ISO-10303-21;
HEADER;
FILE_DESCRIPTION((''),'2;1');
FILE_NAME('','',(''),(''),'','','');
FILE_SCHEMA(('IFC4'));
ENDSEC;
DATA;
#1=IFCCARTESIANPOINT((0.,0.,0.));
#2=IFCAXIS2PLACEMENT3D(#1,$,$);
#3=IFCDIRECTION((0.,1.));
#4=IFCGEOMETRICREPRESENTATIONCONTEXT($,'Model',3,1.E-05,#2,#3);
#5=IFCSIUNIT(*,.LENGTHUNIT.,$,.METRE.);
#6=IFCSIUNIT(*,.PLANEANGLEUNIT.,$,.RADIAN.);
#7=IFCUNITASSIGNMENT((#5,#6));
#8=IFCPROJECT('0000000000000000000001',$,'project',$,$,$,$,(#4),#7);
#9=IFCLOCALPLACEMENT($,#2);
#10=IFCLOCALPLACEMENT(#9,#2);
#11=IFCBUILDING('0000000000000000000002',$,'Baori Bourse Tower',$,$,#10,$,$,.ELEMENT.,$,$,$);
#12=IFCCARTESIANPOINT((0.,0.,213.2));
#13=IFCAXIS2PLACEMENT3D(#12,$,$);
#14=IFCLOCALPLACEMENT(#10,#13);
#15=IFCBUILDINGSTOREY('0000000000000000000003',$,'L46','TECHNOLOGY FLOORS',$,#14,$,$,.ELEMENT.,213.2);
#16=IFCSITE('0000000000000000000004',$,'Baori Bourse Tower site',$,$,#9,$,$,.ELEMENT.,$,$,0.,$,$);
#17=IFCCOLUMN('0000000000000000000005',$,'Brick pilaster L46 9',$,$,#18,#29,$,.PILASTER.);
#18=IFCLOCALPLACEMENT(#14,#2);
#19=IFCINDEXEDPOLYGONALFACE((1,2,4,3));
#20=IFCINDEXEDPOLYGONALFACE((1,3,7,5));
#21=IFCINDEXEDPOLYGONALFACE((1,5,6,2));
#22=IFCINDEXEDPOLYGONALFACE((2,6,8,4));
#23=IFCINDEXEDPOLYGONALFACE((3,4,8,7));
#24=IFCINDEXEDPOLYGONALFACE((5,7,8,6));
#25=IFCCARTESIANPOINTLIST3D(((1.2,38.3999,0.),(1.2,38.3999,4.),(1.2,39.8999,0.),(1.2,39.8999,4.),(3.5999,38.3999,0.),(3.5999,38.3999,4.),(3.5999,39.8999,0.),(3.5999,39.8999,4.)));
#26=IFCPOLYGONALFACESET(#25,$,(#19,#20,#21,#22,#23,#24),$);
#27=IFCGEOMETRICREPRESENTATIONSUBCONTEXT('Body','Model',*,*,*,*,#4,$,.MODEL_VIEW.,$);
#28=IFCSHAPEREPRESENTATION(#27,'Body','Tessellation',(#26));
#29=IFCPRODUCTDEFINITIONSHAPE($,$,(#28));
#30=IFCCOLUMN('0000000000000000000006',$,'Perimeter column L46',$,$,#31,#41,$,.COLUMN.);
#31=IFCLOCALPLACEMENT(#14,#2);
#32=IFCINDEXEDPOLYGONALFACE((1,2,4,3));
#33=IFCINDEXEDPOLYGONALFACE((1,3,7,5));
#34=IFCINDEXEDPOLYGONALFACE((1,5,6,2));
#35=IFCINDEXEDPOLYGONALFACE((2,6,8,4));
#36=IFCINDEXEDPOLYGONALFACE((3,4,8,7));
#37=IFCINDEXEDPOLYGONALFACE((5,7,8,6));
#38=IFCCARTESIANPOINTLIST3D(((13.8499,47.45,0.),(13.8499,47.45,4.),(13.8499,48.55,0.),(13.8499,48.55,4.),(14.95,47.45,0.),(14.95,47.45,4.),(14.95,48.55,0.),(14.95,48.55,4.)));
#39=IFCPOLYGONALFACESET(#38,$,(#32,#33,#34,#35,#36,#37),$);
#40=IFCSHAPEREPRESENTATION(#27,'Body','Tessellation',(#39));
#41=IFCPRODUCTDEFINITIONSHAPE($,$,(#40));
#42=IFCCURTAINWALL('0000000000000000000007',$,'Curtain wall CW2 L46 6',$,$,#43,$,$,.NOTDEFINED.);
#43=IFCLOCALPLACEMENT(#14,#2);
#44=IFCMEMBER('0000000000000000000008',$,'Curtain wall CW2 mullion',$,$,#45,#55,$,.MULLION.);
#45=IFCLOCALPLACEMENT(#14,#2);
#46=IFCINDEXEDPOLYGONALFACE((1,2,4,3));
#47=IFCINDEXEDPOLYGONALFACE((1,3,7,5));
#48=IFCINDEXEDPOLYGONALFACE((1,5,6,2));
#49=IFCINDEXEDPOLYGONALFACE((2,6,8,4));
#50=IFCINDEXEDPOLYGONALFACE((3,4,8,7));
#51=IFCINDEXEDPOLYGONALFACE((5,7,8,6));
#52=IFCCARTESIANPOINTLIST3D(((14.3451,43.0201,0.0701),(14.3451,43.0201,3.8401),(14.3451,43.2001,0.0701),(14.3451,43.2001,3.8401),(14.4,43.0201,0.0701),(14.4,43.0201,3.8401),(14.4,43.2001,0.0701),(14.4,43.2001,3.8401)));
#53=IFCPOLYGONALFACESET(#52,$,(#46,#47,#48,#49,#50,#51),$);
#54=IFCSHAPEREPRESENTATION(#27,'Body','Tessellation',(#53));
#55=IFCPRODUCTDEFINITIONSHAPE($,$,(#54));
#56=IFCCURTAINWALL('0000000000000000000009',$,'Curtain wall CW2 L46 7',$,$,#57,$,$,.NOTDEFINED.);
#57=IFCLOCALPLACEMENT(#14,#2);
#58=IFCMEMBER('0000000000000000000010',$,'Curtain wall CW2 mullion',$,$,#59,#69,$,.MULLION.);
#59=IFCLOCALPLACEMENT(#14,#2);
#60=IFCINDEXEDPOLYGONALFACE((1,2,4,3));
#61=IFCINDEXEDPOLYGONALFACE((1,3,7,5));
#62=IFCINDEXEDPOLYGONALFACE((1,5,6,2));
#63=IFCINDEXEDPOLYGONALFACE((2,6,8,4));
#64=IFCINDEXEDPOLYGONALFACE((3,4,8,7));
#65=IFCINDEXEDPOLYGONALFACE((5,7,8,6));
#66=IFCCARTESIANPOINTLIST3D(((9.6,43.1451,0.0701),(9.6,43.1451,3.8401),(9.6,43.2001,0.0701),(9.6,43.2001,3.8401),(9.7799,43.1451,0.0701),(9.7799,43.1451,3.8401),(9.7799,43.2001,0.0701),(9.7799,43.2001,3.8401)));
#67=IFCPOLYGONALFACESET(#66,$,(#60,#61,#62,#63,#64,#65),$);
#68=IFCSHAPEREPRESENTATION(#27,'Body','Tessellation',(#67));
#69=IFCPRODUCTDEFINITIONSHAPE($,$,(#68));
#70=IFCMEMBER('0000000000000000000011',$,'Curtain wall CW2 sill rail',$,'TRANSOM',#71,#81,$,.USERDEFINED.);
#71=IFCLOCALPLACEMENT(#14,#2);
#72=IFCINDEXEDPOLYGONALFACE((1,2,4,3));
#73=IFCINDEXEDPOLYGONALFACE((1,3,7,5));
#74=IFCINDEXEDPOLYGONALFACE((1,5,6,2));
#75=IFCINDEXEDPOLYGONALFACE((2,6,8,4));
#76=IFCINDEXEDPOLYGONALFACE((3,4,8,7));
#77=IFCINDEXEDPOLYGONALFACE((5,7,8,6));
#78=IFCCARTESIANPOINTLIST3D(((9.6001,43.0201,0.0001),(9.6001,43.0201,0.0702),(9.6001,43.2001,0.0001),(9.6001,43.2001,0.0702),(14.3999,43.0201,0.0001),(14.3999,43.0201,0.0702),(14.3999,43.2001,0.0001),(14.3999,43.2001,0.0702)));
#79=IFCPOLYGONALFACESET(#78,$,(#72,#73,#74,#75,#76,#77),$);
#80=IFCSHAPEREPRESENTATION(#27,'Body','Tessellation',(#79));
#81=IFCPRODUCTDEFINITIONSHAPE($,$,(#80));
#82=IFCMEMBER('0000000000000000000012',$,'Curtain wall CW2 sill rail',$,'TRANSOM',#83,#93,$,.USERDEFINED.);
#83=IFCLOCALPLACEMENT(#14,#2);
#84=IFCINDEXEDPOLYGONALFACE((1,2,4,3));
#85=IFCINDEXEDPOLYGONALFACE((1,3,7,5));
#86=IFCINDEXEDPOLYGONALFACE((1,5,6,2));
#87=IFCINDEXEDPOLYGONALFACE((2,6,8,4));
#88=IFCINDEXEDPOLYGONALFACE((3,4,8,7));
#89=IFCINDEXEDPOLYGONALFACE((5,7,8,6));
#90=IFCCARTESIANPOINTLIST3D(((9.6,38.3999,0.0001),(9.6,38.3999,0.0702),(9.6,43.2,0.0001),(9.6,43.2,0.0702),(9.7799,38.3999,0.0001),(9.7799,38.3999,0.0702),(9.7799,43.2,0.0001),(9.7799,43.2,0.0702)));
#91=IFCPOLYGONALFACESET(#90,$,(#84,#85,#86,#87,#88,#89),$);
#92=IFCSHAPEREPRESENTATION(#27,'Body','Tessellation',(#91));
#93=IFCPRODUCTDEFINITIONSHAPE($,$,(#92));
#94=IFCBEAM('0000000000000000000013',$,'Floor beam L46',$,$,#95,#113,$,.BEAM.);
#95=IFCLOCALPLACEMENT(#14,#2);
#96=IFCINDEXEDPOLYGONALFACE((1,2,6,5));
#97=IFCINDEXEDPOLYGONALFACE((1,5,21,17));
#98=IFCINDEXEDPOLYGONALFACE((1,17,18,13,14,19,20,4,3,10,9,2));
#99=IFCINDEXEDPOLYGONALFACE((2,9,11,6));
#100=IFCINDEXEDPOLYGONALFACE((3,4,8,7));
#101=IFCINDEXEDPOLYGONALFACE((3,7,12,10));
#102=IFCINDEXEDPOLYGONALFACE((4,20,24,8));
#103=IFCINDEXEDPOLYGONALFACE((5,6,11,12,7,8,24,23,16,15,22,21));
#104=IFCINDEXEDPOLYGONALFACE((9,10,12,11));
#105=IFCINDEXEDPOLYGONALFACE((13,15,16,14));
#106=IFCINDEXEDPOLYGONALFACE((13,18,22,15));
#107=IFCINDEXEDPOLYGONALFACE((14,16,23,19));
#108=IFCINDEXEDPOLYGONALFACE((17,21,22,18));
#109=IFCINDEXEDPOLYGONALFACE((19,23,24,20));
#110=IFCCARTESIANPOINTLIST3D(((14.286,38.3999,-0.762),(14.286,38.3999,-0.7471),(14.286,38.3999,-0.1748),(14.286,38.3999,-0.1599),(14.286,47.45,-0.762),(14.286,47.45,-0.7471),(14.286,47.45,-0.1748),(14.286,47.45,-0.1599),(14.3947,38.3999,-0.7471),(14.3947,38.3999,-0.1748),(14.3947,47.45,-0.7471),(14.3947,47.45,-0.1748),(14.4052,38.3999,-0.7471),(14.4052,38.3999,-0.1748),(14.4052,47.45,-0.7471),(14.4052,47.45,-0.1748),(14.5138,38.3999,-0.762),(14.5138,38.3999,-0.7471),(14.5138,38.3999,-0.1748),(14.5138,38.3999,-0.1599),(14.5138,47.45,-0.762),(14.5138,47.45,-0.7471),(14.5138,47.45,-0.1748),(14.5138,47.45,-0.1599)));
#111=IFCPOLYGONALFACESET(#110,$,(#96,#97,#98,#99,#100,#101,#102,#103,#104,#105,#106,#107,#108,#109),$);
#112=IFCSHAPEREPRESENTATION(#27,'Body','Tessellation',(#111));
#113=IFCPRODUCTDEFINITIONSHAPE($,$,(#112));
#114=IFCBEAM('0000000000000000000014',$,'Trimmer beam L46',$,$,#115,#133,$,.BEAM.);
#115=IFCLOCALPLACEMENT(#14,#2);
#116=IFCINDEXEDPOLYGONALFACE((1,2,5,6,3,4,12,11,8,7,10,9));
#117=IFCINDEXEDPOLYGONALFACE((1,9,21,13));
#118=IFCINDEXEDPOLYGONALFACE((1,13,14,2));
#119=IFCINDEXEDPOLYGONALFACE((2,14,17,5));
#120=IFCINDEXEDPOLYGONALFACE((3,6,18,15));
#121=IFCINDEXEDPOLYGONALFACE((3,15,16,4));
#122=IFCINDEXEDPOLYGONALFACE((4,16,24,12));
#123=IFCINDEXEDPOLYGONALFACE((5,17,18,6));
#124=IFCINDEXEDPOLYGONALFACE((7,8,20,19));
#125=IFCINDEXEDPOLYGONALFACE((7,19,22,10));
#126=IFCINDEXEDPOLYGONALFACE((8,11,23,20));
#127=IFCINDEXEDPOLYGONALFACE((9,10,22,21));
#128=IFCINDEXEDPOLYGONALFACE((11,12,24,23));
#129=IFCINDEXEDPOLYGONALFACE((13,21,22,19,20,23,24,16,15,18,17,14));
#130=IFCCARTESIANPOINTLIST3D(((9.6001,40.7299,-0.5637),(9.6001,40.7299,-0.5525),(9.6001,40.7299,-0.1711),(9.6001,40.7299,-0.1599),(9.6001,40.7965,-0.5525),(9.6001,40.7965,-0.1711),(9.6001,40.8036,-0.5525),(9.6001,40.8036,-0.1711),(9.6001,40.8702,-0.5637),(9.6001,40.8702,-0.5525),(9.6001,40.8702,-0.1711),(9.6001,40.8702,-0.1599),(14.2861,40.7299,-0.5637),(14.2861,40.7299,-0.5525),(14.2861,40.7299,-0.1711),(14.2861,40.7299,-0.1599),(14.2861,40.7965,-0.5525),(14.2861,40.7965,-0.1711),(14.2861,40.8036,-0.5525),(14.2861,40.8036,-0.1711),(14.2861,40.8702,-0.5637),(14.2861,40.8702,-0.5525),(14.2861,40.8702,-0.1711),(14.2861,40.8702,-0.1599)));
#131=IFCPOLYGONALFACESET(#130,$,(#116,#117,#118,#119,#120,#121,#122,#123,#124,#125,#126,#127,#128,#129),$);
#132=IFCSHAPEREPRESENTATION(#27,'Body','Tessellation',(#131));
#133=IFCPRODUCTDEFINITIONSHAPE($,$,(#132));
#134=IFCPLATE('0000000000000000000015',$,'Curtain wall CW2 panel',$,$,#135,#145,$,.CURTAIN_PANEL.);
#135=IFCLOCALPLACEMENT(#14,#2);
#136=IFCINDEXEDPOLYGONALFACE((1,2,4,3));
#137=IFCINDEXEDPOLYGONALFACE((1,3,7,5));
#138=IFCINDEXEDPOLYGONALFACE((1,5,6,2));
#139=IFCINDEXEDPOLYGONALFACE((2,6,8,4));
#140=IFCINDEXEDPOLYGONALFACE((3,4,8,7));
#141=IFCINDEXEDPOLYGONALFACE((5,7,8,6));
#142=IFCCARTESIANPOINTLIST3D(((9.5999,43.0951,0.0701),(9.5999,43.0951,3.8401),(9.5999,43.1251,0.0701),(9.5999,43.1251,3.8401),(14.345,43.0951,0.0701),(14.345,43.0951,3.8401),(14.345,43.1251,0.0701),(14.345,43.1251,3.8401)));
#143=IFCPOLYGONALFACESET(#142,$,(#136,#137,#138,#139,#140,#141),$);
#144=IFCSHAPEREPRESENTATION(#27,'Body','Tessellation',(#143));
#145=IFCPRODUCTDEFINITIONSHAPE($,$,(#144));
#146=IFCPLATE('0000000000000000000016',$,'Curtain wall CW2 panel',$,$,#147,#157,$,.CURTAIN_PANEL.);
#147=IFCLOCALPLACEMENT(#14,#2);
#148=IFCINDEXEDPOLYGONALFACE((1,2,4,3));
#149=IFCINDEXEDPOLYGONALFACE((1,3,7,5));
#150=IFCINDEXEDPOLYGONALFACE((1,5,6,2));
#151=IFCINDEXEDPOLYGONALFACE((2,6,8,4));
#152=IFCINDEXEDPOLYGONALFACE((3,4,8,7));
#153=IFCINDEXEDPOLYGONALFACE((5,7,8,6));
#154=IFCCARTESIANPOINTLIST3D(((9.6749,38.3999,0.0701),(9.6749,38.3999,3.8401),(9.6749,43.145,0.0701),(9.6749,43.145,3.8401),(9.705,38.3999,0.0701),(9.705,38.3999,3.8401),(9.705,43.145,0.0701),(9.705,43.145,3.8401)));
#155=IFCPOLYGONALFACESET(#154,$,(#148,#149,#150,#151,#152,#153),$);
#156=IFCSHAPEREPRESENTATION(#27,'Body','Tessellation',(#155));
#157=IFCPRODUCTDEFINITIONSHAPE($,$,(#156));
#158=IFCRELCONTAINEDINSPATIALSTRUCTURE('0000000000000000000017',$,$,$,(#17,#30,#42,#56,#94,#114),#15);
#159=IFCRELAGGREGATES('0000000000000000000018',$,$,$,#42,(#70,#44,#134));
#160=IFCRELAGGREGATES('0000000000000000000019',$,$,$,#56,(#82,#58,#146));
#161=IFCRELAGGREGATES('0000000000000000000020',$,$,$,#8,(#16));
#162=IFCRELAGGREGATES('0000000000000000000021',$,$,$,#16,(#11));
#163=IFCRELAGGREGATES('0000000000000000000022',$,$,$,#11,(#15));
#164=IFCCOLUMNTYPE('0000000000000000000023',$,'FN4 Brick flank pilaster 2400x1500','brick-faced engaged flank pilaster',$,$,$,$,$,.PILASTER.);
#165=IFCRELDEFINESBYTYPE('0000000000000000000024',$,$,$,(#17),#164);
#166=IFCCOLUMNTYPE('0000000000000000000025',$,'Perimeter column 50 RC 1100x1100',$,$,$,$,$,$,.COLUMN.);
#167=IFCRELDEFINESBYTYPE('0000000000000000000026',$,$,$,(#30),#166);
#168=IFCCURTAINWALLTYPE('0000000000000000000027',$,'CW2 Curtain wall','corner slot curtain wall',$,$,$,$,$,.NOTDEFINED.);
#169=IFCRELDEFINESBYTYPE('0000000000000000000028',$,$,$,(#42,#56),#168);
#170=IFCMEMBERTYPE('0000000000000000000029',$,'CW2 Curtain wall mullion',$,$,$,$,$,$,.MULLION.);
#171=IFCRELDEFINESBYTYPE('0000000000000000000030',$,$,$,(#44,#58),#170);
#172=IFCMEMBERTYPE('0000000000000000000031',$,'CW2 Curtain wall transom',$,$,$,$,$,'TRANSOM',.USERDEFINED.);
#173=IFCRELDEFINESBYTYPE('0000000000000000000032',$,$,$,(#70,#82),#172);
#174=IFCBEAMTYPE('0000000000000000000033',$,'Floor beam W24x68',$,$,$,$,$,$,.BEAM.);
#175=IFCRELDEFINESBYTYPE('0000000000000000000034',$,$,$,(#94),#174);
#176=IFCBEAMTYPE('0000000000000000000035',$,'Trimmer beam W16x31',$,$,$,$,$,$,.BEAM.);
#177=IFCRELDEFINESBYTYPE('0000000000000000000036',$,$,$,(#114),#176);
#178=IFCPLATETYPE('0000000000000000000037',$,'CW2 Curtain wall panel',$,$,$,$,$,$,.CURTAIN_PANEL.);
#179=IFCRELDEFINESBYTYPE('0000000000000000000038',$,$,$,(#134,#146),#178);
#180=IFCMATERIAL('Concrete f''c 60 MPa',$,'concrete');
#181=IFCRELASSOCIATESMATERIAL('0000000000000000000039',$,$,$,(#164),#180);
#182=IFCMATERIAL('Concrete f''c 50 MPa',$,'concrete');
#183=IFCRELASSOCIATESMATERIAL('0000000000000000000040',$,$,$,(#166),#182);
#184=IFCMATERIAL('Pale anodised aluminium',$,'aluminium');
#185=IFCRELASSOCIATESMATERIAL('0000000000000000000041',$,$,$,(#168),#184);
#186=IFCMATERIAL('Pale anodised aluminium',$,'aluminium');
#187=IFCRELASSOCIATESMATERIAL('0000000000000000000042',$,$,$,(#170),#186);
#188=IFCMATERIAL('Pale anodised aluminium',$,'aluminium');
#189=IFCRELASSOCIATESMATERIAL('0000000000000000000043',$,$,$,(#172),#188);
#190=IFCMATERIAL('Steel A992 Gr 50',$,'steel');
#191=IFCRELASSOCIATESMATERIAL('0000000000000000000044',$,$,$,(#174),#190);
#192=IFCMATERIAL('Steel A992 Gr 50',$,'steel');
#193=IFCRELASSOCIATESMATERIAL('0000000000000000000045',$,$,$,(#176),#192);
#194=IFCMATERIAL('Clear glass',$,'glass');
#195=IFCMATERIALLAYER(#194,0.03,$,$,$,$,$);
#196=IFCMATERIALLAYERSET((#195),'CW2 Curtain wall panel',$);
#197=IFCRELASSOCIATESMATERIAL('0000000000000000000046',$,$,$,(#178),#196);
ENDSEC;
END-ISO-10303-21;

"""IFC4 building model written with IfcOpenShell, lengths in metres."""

from ifc_helpers import new_model, si_unit, direction, frame, origin, origin_2d, place, context, subcontext, project, spatial, rectangle, i_section, extrude, material, layer, layer_set, material_profile, profile_set, type_object, element, aggregate, save


model = new_model("IFC4")

# Units and contexts
model_context = context("Model", 3, precision=1e-05, world=origin(), true_north=direction((0.0, 1.0)))
body_context = subcontext(model_context, "Body", "Model", "MODEL_VIEW")
ifc_project = project(units=[si_unit("LENGTHUNIT", "METRE"), si_unit("PLANEANGLEUNIT", "RADIAN")], contexts=[model_context])

# Site, building, storey
site_placement = place(None, origin())
site = spatial("IfcSite", under=ifc_project, at=site_placement, Name="Baori Bourse Tower site", CompositionType="ELEMENT", RefElevation=0.0)
building_placement = place(site_placement, origin())
building = spatial("IfcBuilding", under=site, at=building_placement, Name="Baori Bourse Tower", CompositionType="ELEMENT")
storey_placement = place(building_placement, frame((0.0, 0.0, 213.2)))
storey = spatial("IfcBuildingStorey", under=building, at=storey_placement, Name="L46", Description="TECHNOLOGY FLOORS", CompositionType="ELEMENT", Elevation=213.2)

# Columns
ifc_material_1 = material(Name="Concrete f'c 60 MPa", Category="concrete")
ifc_material_profile_1 = material_profile(ifc_material_1, rectangle(XDim=2.3999, YDim=1.5, at=origin_2d()), Name="RC 2400x1500")
ifc_profile_set_1 = profile_set([ifc_material_profile_1], Name="Concrete f'c 60 MPa")
column_type_1 = type_object("IfcColumnType", Name="FN4 Brick flank pilaster 2400x1500", Description="brick-faced engaged flank pilaster", PredefinedType="PILASTER", material=ifc_profile_set_1)
column_1_placement = place(storey_placement, frame((2.3999, 39.1499, 0.0), z_axis=(0.0, 0.0, 1.0), x_axis=(1.0, 0.0, 0.0)))
element("IfcColumn", 1, at=column_1_placement, inside=storey, type_object=column_type_1, Name="Brick pilaster L46 9", PredefinedType="PILASTER", context=body_context, shape_type="SweptSolid", body=[
    extrude(rectangle(XDim=2.3999, YDim=1.5, at=origin_2d()), origin(), (0.0, 0.0, 1.0), 4.0),
])
ifc_material_2 = material(Name="Concrete f'c 50 MPa", Category="concrete")
ifc_material_profile_2 = material_profile(ifc_material_2, rectangle(XDim=1.1001, YDim=1.1001, at=origin_2d()), Name="RC 1100x1100")
ifc_profile_set_2 = profile_set([ifc_material_profile_2], Name="Concrete f'c 50 MPa")
column_type_2 = type_object("IfcColumnType", Name="Perimeter column 50 RC 1100x1100", PredefinedType="COLUMN", material=ifc_profile_set_2)
column_2_placement = place(storey_placement, frame((14.3999, 48.0, 0.0), z_axis=(0.0, 0.0, 1.0), x_axis=(1.0, 0.0, 0.0)))
element("IfcColumn", 2, at=column_2_placement, inside=storey, type_object=column_type_2, Name="Perimeter column L46", PredefinedType="COLUMN", context=body_context, shape_type="SweptSolid", body=[
    extrude(rectangle(XDim=1.1001, YDim=1.1001, at=origin_2d()), origin(), (0.0, 0.0, 1.0), 4.0),
])

# Curtain walls, members
ifc_material_3 = material(Name="Pale anodised aluminium", Category="aluminium")
curtain_wall_type = type_object("IfcCurtainWallType", Name="CW2 Curtain wall", Description="corner slot curtain wall", PredefinedType="NOTDEFINED", material=ifc_material_3)
curtain_wall_1_placement = place(storey_placement, origin())
curtain_wall_1 = element("IfcCurtainWall", 3, at=curtain_wall_1_placement, inside=storey, type_object=curtain_wall_type, Name="Curtain wall CW2 L46 6", PredefinedType="NOTDEFINED")
ifc_material_4 = material(Name="Pale anodised aluminium", Category="aluminium")
ifc_material_profile_3 = material_profile(ifc_material_4, rectangle(XDim=0.1799, YDim=0.0549, at=origin_2d()), Name="Mullion 55x180")
ifc_profile_set_3 = profile_set([ifc_material_profile_3], Name="Pale anodised aluminium")
member_type_1 = type_object("IfcMemberType", Name="CW2 Curtain wall mullion", PredefinedType="MULLION", material=ifc_profile_set_3)
member_1_placement = place(storey_placement, frame((14.3726, 43.1101, 0.0701), z_axis=(0.0, 0.0, 1.0), x_axis=(0.0, -1.0, 0.0)))
member_1 = element("IfcMember", 4, at=member_1_placement, type_object=member_type_1, Name="Curtain wall CW2 mullion", PredefinedType="MULLION", context=body_context, shape_type="SweptSolid", body=[
    extrude(rectangle(XDim=0.1799, YDim=0.0549, at=origin_2d()), origin(), (0.0, 0.0, 1.0), 3.77),
])
curtain_wall_2_placement = place(storey_placement, origin())
curtain_wall_2 = element("IfcCurtainWall", 5, at=curtain_wall_2_placement, inside=storey, type_object=curtain_wall_type, Name="Curtain wall CW2 L46 7", PredefinedType="NOTDEFINED")
member_2_placement = place(storey_placement, frame((9.6899, 43.1726, 0.0701), z_axis=(0.0, 0.0, 1.0), x_axis=(1.0, 0.0, 0.0)))
member_2 = element("IfcMember", 6, at=member_2_placement, type_object=member_type_1, Name="Curtain wall CW2 mullion", PredefinedType="MULLION", context=body_context, shape_type="SweptSolid", body=[
    extrude(rectangle(XDim=0.1799, YDim=0.0549, at=origin_2d()), origin(), (0.0, 0.0, 1.0), 3.77),
])

# Members
ifc_material_5 = material(Name="Pale anodised aluminium", Category="aluminium")
ifc_material_profile_4 = material_profile(ifc_material_5, rectangle(XDim=0.1799, YDim=0.0701, at=origin_2d()), Name="Transom 70x180")
ifc_profile_set_4 = profile_set([ifc_material_profile_4], Name="Pale anodised aluminium")
member_type_2 = type_object("IfcMemberType", Name="CW2 Curtain wall transom", ElementType="TRANSOM", PredefinedType="USERDEFINED", material=ifc_profile_set_4)
member_3_placement = place(storey_placement, frame((14.3999, 43.1101, 0.0352), z_axis=(-1.0, 0.0, 0.0), x_axis=(0.0, -1.0, 0.0)))
member_3 = element("IfcMember", 7, at=member_3_placement, type_object=member_type_2, Name="Curtain wall CW2 sill rail", ObjectType="TRANSOM", PredefinedType="USERDEFINED", context=body_context, shape_type="SweptSolid", body=[
    extrude(rectangle(XDim=0.1799, YDim=0.0701, at=origin_2d()), origin(), (0.0, 0.0, 1.0), 4.7998),
])
member_4_placement = place(storey_placement, frame((9.6899, 43.2, 0.0352), z_axis=(0.0, -1.0, 0.0), x_axis=(1.0, 0.0, 0.0)))
member_4 = element("IfcMember", 8, at=member_4_placement, type_object=member_type_2, Name="Curtain wall CW2 sill rail", ObjectType="TRANSOM", PredefinedType="USERDEFINED", context=body_context, shape_type="SweptSolid", body=[
    extrude(rectangle(XDim=0.1799, YDim=0.0701, at=origin_2d()), origin(), (0.0, 0.0, 1.0), 4.8),
])

# Beams
ifc_material_6 = material(Name="Steel A992 Gr 50", Category="steel")
ifc_material_profile_5 = material_profile(ifc_material_6, i_section(OverallWidth=0.2278, OverallDepth=0.6021, WebThickness=0.0105, FlangeThickness=0.0149, at=origin_2d()), Name="W24x68")
ifc_profile_set_5 = profile_set([ifc_material_profile_5], Name="Steel A992 Gr 50")
beam_type_1 = type_object("IfcBeamType", Name="Floor beam W24x68", PredefinedType="BEAM", material=ifc_profile_set_5)
beam_1_placement = place(storey_placement, frame((14.3999, 38.3999, -0.4609), z_axis=(0.0, 1.0, 0.0), x_axis=(-1.0, 0.0, 0.0)))
element("IfcBeam", 9, at=beam_1_placement, inside=storey, type_object=beam_type_1, Name="Floor beam L46", PredefinedType="BEAM", context=body_context, shape_type="SweptSolid", body=[
    extrude(i_section(OverallWidth=0.2278, OverallDepth=0.6021, WebThickness=0.0105, FlangeThickness=0.0149, at=origin_2d()), origin(), (0.0, 0.0, 1.0), 9.05),
])
ifc_material_7 = material(Name="Steel A992 Gr 50", Category="steel")
ifc_material_profile_6 = material_profile(ifc_material_7, i_section(OverallWidth=0.1404, OverallDepth=0.4038, WebThickness=0.0071, FlangeThickness=0.0112, at=origin_2d()), Name="W16x31")
ifc_profile_set_6 = profile_set([ifc_material_profile_6], Name="Steel A992 Gr 50")
beam_type_2 = type_object("IfcBeamType", Name="Trimmer beam W16x31", PredefinedType="BEAM", material=ifc_profile_set_6)
beam_2_placement = place(storey_placement, frame((9.6001, 40.8, -0.3618), z_axis=(1.0, 0.0, 0.0), x_axis=(0.0, 1.0, 0.0)))
element("IfcBeam", 10, at=beam_2_placement, inside=storey, type_object=beam_type_2, Name="Trimmer beam L46", PredefinedType="BEAM", context=body_context, shape_type="SweptSolid", body=[
    extrude(i_section(OverallWidth=0.1404, OverallDepth=0.4038, WebThickness=0.0071, FlangeThickness=0.0112, at=origin_2d()), origin(), (0.0, 0.0, 1.0), 4.686),
])

# Plates
ifc_material_8 = material(Name="Clear glass", Category="glass")
ifc_layer_1 = layer(ifc_material_8, 0.03)
ifc_layer_set_1 = layer_set([ifc_layer_1], Name="CW2 Curtain wall panel")
plate_type = type_object("IfcPlateType", Name="CW2 Curtain wall panel", PredefinedType="CURTAIN_PANEL", material=ifc_layer_set_1)
plate_1_placement = place(storey_placement, frame((11.9724, 43.1101, 0.0701), z_axis=(0.0, 0.0, 1.0), x_axis=(-1.0, 0.0, 0.0)))
plate_1 = element("IfcPlate", 11, at=plate_1_placement, type_object=plate_type, Name="Curtain wall CW2 panel", PredefinedType="CURTAIN_PANEL", context=body_context, shape_type="SweptSolid", body=[
    extrude(rectangle(XDim=4.7451, YDim=0.03, at=origin_2d()), origin(), (0.0, 0.0, 1.0), 3.77),
])
aggregate(curtain_wall_1, [member_3, member_1, plate_1])
plate_2_placement = place(storey_placement, frame((9.6899, 40.7725, 0.0701), z_axis=(0.0, 0.0, 1.0), x_axis=(0.0, -1.0, 0.0)))
plate_2 = element("IfcPlate", 12, at=plate_2_placement, type_object=plate_type, Name="Curtain wall CW2 panel", PredefinedType="CURTAIN_PANEL", context=body_context, shape_type="SweptSolid", body=[
    extrude(rectangle(XDim=4.7451, YDim=0.03, at=origin_2d()), origin(), (0.0, 0.0, 1.0), 3.77),
])
aggregate(curtain_wall_2, [member_4, member_2, plate_2])

save(model, "model.ifc")
